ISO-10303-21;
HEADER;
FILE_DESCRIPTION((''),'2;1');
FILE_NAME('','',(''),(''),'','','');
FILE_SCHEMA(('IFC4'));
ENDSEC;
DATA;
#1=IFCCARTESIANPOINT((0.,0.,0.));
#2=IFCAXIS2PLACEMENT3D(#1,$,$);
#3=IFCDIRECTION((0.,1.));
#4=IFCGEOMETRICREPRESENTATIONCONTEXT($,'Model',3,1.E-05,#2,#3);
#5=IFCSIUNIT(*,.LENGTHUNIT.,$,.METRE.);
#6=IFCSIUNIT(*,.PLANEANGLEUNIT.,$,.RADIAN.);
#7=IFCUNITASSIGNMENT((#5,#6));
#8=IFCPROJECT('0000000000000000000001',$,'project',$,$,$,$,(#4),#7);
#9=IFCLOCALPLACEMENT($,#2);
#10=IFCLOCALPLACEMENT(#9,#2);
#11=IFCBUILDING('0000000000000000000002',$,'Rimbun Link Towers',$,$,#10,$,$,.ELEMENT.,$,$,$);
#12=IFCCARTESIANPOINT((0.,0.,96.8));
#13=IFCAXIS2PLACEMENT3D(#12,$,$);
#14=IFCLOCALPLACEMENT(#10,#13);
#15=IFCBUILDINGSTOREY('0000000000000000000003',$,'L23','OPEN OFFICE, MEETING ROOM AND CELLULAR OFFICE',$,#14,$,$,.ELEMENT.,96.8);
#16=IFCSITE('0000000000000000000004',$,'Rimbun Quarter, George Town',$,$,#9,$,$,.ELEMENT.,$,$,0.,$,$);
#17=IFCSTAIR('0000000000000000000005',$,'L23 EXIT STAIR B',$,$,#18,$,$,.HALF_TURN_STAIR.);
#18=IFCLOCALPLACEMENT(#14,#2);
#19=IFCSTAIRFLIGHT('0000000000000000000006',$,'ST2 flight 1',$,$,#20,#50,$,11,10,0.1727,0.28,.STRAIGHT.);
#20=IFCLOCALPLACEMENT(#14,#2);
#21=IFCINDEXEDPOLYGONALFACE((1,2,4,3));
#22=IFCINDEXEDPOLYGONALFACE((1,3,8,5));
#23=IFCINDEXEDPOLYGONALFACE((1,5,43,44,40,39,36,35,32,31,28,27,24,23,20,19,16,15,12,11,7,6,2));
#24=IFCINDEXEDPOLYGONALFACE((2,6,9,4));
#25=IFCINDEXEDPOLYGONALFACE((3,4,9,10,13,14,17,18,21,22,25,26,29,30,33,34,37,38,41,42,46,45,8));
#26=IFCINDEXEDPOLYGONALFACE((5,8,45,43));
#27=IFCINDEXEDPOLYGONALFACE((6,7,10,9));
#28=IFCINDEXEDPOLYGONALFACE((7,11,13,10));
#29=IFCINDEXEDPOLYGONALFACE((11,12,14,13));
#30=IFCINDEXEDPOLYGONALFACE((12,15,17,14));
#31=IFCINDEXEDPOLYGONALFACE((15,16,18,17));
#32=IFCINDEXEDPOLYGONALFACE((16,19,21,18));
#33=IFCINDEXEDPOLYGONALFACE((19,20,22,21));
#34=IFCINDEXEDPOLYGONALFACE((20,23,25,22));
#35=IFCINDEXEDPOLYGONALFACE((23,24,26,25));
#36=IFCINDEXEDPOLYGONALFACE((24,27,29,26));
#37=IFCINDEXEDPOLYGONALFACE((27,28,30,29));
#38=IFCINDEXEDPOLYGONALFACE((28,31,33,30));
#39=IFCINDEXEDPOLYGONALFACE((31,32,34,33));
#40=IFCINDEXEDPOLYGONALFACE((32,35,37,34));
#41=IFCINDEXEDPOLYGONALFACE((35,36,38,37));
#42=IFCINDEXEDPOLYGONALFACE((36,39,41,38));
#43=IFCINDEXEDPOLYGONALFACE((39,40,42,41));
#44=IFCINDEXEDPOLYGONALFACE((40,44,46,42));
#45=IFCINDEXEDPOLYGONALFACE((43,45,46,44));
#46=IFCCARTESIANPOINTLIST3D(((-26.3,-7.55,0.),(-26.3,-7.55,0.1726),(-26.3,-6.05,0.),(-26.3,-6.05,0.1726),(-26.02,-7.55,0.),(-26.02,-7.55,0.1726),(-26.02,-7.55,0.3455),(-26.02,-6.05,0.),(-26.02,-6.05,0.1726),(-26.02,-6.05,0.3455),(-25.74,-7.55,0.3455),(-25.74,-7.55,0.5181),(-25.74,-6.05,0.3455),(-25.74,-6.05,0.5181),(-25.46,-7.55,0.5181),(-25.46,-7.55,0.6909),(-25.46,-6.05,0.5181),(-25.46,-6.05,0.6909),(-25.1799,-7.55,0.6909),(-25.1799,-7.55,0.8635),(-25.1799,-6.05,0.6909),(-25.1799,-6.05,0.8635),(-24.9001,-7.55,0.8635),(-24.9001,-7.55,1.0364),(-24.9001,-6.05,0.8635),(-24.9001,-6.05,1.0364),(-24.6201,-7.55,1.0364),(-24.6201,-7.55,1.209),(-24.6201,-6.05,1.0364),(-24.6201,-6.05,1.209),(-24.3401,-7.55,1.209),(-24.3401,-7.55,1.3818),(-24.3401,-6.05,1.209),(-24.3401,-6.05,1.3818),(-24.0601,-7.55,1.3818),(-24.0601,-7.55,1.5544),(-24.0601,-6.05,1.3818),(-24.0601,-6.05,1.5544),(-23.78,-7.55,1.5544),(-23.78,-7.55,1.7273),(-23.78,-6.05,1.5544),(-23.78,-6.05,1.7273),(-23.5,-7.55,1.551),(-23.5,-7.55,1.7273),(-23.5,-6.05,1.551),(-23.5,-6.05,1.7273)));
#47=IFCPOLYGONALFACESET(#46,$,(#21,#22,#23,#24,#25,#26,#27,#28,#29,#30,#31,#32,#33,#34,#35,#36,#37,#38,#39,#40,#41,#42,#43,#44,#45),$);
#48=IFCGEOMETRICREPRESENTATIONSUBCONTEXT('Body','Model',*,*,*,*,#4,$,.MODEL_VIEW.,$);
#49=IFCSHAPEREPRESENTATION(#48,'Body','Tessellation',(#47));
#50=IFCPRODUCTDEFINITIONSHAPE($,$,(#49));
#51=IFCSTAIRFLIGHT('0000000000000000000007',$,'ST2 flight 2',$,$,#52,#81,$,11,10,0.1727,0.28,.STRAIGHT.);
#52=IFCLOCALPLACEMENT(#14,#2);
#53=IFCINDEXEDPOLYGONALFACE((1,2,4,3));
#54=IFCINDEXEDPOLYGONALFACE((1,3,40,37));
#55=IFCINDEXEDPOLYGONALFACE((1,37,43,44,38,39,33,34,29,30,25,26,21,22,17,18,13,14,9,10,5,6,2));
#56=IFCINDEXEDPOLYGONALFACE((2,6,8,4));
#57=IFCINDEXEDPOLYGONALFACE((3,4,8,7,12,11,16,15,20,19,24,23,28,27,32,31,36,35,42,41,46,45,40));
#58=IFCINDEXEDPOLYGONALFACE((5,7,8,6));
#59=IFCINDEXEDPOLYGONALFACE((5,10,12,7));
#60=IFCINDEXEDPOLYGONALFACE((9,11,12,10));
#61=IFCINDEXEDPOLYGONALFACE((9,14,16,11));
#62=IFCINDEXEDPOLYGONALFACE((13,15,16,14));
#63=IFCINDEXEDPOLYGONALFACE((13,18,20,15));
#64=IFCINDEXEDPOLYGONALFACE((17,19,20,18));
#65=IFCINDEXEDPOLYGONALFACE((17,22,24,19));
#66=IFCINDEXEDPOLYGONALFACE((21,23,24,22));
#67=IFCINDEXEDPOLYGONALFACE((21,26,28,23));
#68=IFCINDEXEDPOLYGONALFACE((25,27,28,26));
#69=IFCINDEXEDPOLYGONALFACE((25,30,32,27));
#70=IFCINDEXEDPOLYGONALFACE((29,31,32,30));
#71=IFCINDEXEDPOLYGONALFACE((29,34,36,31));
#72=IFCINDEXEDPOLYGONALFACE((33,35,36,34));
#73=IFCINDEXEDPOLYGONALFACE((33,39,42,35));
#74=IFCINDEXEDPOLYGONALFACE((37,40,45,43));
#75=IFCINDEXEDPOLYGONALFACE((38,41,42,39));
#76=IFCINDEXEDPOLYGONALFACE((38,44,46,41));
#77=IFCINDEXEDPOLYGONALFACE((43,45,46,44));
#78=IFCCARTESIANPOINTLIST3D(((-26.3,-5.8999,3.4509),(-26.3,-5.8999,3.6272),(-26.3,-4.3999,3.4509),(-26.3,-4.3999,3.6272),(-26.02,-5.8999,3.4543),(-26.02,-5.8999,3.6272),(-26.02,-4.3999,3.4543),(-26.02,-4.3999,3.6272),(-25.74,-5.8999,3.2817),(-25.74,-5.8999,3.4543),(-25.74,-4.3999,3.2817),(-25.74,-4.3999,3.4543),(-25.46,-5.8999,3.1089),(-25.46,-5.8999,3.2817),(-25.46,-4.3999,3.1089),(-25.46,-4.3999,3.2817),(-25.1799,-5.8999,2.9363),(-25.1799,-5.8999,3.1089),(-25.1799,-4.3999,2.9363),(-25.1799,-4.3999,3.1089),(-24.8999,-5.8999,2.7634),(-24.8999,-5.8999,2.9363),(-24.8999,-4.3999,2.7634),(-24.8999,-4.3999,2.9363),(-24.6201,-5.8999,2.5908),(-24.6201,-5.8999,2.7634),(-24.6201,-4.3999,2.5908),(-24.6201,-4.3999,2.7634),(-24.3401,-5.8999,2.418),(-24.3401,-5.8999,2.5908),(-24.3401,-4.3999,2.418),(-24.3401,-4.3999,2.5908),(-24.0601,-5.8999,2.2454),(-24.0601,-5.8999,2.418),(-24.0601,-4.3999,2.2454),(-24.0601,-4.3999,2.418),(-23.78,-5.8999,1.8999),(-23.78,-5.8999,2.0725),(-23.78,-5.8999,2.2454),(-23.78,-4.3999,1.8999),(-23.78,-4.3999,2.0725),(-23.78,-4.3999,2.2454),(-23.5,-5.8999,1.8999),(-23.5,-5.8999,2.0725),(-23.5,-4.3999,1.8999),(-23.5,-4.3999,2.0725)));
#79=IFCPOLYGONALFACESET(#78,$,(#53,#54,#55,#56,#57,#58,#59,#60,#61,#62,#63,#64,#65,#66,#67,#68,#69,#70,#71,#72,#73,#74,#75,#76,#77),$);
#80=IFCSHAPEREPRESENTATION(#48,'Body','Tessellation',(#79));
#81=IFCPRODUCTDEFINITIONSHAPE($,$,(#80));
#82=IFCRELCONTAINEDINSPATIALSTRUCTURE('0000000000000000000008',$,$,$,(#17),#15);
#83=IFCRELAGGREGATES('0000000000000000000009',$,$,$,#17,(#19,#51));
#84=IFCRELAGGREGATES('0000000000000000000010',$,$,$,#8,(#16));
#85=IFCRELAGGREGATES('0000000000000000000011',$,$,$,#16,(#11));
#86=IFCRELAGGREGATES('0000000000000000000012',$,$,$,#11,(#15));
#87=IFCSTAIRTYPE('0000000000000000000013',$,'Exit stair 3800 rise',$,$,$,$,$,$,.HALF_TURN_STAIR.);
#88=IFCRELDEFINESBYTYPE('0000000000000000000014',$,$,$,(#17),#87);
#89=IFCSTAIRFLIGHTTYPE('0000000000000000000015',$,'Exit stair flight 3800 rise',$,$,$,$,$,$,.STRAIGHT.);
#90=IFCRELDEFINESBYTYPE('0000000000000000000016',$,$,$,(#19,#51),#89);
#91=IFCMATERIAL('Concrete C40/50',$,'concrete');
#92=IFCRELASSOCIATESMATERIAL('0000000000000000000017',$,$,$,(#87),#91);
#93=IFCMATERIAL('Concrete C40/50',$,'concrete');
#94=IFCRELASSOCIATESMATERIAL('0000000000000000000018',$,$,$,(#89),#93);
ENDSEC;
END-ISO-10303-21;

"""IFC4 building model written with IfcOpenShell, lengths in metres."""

from ifc_helpers import new_model, si_unit, direction, frame, origin, place, context, subcontext, project, spatial, polyline, outline, extrude, material, type_object, element, aggregate, save


model = new_model("IFC4")

# Units and contexts
model_context = context("Model", 3, precision=1e-05, world=origin(), true_north=direction((0.0, 1.0)))
body_context = subcontext(model_context, "Body", "Model", "MODEL_VIEW")
ifc_project = project(units=[si_unit("LENGTHUNIT", "METRE"), si_unit("PLANEANGLEUNIT", "RADIAN")], contexts=[model_context])

# Site, building, storey
site_placement = place(None, origin())
site = spatial("IfcSite", under=ifc_project, at=site_placement, Name="Rimbun Quarter, George Town", CompositionType="ELEMENT", RefElevation=0.0)
building_placement = place(site_placement, origin())
building = spatial("IfcBuilding", under=site, at=building_placement, Name="Rimbun Link Towers", CompositionType="ELEMENT")
storey_placement = place(building_placement, frame((0.0, 0.0, 96.8)))
storey = spatial("IfcBuildingStorey", under=building, at=storey_placement, Name="L23", Description="OPEN OFFICE, MEETING ROOM AND CELLULAR OFFICE", CompositionType="ELEMENT", Elevation=96.8)

# Stair, stair flights
ifc_material_1 = material(Name="Concrete C40/50", Category="concrete")
stair_type = type_object("IfcStairType", Name="Exit stair 3800 rise", PredefinedType="HALF_TURN_STAIR", material=ifc_material_1)
stair_placement = place(storey_placement, origin())
stair = element("IfcStair", 1, at=stair_placement, inside=storey, type_object=stair_type, Name="L23 EXIT STAIR B", PredefinedType="HALF_TURN_STAIR")
ifc_material_2 = material(Name="Concrete C40/50", Category="concrete")
stair_flight_type = type_object("IfcStairFlightType", Name="Exit stair flight 3800 rise", PredefinedType="STRAIGHT", material=ifc_material_2)
stair_flight_1_placement = place(storey_placement, frame((-26.3, -6.8, 0.0), z_axis=(0.0, 0.0, 1.0), x_axis=(1.0, 0.0, 0.0)))
stair_flight_1 = element("IfcStairFlight", 2, at=stair_flight_1_placement, type_object=stair_flight_type, Name="ST2 flight 1", NumberOfRisers=11, NumberOfTreads=10, PredefinedType="STRAIGHT", RiserHeight=0.1727, TreadLength=0.28, context=body_context, shape_type="SweptSolid", body=[
    extrude(outline(polyline([(0.0, 0.0), (0.0, 0.1726), (0.28, 0.1726), (0.28, 0.3455), (0.5601, 0.3455), (0.5601, 0.5181), (0.8401, 0.5181), (0.8401, 0.6909), (1.1201, 0.6909), (1.1201, 0.8635), (1.3999, 0.8635), (1.3999, 1.0364), (1.6799, 1.0364), (1.6799, 1.209), (1.96, 1.209), (1.96, 1.3818), (2.24, 1.3818), (2.24, 1.5544), (2.52, 1.5544), (2.52, 1.7273), (2.8, 1.7273), (2.8, 1.8999), (2.8, 1.551), (0.28, 0.0), (0.0, 0.0)])), frame((0.0, 0.75, 0.0), z_axis=(0.0, -1.0, 0.0), x_axis=(1.0, 0.0, 0.0)), (0.0, 0.0, 1.0), 1.5),
])
stair_flight_2_placement = place(storey_placement, frame((-23.5, -5.1499, 1.8999), z_axis=(0.0, 0.0, 1.0), x_axis=(-1.0, 0.0, 0.0)))
stair_flight_2 = element("IfcStairFlight", 3, at=stair_flight_2_placement, type_object=stair_flight_type, Name="ST2 flight 2", NumberOfRisers=11, NumberOfTreads=10, PredefinedType="STRAIGHT", RiserHeight=0.1727, TreadLength=0.28, context=body_context, shape_type="SweptSolid", body=[
    extrude(outline(polyline([(0.0, 0.0), (0.0, 0.1726), (0.28, 0.1726), (0.28, 0.3455), (0.5601, 0.3455), (0.5601, 0.5181), (0.8401, 0.5181), (0.8401, 0.6909), (1.1201, 0.6909), (1.1201, 0.8635), (1.3999, 0.8635), (1.3999, 1.0364), (1.6799, 1.0364), (1.6799, 1.209), (1.96, 1.209), (1.96, 1.3818), (2.24, 1.3818), (2.24, 1.5544), (2.52, 1.5544), (2.52, 1.7273), (2.8, 1.7273), (2.8, 1.8999), (2.8, 1.551), (0.28, 0.0), (0.0, 0.0)])), frame((0.0, 0.75, 0.0), z_axis=(0.0, -1.0, 0.0), x_axis=(1.0, 0.0, 0.0)), (0.0, 0.0, 1.0), 1.5),
])
aggregate(stair, [stair_flight_1, stair_flight_2])

save(model, "model.ifc")
